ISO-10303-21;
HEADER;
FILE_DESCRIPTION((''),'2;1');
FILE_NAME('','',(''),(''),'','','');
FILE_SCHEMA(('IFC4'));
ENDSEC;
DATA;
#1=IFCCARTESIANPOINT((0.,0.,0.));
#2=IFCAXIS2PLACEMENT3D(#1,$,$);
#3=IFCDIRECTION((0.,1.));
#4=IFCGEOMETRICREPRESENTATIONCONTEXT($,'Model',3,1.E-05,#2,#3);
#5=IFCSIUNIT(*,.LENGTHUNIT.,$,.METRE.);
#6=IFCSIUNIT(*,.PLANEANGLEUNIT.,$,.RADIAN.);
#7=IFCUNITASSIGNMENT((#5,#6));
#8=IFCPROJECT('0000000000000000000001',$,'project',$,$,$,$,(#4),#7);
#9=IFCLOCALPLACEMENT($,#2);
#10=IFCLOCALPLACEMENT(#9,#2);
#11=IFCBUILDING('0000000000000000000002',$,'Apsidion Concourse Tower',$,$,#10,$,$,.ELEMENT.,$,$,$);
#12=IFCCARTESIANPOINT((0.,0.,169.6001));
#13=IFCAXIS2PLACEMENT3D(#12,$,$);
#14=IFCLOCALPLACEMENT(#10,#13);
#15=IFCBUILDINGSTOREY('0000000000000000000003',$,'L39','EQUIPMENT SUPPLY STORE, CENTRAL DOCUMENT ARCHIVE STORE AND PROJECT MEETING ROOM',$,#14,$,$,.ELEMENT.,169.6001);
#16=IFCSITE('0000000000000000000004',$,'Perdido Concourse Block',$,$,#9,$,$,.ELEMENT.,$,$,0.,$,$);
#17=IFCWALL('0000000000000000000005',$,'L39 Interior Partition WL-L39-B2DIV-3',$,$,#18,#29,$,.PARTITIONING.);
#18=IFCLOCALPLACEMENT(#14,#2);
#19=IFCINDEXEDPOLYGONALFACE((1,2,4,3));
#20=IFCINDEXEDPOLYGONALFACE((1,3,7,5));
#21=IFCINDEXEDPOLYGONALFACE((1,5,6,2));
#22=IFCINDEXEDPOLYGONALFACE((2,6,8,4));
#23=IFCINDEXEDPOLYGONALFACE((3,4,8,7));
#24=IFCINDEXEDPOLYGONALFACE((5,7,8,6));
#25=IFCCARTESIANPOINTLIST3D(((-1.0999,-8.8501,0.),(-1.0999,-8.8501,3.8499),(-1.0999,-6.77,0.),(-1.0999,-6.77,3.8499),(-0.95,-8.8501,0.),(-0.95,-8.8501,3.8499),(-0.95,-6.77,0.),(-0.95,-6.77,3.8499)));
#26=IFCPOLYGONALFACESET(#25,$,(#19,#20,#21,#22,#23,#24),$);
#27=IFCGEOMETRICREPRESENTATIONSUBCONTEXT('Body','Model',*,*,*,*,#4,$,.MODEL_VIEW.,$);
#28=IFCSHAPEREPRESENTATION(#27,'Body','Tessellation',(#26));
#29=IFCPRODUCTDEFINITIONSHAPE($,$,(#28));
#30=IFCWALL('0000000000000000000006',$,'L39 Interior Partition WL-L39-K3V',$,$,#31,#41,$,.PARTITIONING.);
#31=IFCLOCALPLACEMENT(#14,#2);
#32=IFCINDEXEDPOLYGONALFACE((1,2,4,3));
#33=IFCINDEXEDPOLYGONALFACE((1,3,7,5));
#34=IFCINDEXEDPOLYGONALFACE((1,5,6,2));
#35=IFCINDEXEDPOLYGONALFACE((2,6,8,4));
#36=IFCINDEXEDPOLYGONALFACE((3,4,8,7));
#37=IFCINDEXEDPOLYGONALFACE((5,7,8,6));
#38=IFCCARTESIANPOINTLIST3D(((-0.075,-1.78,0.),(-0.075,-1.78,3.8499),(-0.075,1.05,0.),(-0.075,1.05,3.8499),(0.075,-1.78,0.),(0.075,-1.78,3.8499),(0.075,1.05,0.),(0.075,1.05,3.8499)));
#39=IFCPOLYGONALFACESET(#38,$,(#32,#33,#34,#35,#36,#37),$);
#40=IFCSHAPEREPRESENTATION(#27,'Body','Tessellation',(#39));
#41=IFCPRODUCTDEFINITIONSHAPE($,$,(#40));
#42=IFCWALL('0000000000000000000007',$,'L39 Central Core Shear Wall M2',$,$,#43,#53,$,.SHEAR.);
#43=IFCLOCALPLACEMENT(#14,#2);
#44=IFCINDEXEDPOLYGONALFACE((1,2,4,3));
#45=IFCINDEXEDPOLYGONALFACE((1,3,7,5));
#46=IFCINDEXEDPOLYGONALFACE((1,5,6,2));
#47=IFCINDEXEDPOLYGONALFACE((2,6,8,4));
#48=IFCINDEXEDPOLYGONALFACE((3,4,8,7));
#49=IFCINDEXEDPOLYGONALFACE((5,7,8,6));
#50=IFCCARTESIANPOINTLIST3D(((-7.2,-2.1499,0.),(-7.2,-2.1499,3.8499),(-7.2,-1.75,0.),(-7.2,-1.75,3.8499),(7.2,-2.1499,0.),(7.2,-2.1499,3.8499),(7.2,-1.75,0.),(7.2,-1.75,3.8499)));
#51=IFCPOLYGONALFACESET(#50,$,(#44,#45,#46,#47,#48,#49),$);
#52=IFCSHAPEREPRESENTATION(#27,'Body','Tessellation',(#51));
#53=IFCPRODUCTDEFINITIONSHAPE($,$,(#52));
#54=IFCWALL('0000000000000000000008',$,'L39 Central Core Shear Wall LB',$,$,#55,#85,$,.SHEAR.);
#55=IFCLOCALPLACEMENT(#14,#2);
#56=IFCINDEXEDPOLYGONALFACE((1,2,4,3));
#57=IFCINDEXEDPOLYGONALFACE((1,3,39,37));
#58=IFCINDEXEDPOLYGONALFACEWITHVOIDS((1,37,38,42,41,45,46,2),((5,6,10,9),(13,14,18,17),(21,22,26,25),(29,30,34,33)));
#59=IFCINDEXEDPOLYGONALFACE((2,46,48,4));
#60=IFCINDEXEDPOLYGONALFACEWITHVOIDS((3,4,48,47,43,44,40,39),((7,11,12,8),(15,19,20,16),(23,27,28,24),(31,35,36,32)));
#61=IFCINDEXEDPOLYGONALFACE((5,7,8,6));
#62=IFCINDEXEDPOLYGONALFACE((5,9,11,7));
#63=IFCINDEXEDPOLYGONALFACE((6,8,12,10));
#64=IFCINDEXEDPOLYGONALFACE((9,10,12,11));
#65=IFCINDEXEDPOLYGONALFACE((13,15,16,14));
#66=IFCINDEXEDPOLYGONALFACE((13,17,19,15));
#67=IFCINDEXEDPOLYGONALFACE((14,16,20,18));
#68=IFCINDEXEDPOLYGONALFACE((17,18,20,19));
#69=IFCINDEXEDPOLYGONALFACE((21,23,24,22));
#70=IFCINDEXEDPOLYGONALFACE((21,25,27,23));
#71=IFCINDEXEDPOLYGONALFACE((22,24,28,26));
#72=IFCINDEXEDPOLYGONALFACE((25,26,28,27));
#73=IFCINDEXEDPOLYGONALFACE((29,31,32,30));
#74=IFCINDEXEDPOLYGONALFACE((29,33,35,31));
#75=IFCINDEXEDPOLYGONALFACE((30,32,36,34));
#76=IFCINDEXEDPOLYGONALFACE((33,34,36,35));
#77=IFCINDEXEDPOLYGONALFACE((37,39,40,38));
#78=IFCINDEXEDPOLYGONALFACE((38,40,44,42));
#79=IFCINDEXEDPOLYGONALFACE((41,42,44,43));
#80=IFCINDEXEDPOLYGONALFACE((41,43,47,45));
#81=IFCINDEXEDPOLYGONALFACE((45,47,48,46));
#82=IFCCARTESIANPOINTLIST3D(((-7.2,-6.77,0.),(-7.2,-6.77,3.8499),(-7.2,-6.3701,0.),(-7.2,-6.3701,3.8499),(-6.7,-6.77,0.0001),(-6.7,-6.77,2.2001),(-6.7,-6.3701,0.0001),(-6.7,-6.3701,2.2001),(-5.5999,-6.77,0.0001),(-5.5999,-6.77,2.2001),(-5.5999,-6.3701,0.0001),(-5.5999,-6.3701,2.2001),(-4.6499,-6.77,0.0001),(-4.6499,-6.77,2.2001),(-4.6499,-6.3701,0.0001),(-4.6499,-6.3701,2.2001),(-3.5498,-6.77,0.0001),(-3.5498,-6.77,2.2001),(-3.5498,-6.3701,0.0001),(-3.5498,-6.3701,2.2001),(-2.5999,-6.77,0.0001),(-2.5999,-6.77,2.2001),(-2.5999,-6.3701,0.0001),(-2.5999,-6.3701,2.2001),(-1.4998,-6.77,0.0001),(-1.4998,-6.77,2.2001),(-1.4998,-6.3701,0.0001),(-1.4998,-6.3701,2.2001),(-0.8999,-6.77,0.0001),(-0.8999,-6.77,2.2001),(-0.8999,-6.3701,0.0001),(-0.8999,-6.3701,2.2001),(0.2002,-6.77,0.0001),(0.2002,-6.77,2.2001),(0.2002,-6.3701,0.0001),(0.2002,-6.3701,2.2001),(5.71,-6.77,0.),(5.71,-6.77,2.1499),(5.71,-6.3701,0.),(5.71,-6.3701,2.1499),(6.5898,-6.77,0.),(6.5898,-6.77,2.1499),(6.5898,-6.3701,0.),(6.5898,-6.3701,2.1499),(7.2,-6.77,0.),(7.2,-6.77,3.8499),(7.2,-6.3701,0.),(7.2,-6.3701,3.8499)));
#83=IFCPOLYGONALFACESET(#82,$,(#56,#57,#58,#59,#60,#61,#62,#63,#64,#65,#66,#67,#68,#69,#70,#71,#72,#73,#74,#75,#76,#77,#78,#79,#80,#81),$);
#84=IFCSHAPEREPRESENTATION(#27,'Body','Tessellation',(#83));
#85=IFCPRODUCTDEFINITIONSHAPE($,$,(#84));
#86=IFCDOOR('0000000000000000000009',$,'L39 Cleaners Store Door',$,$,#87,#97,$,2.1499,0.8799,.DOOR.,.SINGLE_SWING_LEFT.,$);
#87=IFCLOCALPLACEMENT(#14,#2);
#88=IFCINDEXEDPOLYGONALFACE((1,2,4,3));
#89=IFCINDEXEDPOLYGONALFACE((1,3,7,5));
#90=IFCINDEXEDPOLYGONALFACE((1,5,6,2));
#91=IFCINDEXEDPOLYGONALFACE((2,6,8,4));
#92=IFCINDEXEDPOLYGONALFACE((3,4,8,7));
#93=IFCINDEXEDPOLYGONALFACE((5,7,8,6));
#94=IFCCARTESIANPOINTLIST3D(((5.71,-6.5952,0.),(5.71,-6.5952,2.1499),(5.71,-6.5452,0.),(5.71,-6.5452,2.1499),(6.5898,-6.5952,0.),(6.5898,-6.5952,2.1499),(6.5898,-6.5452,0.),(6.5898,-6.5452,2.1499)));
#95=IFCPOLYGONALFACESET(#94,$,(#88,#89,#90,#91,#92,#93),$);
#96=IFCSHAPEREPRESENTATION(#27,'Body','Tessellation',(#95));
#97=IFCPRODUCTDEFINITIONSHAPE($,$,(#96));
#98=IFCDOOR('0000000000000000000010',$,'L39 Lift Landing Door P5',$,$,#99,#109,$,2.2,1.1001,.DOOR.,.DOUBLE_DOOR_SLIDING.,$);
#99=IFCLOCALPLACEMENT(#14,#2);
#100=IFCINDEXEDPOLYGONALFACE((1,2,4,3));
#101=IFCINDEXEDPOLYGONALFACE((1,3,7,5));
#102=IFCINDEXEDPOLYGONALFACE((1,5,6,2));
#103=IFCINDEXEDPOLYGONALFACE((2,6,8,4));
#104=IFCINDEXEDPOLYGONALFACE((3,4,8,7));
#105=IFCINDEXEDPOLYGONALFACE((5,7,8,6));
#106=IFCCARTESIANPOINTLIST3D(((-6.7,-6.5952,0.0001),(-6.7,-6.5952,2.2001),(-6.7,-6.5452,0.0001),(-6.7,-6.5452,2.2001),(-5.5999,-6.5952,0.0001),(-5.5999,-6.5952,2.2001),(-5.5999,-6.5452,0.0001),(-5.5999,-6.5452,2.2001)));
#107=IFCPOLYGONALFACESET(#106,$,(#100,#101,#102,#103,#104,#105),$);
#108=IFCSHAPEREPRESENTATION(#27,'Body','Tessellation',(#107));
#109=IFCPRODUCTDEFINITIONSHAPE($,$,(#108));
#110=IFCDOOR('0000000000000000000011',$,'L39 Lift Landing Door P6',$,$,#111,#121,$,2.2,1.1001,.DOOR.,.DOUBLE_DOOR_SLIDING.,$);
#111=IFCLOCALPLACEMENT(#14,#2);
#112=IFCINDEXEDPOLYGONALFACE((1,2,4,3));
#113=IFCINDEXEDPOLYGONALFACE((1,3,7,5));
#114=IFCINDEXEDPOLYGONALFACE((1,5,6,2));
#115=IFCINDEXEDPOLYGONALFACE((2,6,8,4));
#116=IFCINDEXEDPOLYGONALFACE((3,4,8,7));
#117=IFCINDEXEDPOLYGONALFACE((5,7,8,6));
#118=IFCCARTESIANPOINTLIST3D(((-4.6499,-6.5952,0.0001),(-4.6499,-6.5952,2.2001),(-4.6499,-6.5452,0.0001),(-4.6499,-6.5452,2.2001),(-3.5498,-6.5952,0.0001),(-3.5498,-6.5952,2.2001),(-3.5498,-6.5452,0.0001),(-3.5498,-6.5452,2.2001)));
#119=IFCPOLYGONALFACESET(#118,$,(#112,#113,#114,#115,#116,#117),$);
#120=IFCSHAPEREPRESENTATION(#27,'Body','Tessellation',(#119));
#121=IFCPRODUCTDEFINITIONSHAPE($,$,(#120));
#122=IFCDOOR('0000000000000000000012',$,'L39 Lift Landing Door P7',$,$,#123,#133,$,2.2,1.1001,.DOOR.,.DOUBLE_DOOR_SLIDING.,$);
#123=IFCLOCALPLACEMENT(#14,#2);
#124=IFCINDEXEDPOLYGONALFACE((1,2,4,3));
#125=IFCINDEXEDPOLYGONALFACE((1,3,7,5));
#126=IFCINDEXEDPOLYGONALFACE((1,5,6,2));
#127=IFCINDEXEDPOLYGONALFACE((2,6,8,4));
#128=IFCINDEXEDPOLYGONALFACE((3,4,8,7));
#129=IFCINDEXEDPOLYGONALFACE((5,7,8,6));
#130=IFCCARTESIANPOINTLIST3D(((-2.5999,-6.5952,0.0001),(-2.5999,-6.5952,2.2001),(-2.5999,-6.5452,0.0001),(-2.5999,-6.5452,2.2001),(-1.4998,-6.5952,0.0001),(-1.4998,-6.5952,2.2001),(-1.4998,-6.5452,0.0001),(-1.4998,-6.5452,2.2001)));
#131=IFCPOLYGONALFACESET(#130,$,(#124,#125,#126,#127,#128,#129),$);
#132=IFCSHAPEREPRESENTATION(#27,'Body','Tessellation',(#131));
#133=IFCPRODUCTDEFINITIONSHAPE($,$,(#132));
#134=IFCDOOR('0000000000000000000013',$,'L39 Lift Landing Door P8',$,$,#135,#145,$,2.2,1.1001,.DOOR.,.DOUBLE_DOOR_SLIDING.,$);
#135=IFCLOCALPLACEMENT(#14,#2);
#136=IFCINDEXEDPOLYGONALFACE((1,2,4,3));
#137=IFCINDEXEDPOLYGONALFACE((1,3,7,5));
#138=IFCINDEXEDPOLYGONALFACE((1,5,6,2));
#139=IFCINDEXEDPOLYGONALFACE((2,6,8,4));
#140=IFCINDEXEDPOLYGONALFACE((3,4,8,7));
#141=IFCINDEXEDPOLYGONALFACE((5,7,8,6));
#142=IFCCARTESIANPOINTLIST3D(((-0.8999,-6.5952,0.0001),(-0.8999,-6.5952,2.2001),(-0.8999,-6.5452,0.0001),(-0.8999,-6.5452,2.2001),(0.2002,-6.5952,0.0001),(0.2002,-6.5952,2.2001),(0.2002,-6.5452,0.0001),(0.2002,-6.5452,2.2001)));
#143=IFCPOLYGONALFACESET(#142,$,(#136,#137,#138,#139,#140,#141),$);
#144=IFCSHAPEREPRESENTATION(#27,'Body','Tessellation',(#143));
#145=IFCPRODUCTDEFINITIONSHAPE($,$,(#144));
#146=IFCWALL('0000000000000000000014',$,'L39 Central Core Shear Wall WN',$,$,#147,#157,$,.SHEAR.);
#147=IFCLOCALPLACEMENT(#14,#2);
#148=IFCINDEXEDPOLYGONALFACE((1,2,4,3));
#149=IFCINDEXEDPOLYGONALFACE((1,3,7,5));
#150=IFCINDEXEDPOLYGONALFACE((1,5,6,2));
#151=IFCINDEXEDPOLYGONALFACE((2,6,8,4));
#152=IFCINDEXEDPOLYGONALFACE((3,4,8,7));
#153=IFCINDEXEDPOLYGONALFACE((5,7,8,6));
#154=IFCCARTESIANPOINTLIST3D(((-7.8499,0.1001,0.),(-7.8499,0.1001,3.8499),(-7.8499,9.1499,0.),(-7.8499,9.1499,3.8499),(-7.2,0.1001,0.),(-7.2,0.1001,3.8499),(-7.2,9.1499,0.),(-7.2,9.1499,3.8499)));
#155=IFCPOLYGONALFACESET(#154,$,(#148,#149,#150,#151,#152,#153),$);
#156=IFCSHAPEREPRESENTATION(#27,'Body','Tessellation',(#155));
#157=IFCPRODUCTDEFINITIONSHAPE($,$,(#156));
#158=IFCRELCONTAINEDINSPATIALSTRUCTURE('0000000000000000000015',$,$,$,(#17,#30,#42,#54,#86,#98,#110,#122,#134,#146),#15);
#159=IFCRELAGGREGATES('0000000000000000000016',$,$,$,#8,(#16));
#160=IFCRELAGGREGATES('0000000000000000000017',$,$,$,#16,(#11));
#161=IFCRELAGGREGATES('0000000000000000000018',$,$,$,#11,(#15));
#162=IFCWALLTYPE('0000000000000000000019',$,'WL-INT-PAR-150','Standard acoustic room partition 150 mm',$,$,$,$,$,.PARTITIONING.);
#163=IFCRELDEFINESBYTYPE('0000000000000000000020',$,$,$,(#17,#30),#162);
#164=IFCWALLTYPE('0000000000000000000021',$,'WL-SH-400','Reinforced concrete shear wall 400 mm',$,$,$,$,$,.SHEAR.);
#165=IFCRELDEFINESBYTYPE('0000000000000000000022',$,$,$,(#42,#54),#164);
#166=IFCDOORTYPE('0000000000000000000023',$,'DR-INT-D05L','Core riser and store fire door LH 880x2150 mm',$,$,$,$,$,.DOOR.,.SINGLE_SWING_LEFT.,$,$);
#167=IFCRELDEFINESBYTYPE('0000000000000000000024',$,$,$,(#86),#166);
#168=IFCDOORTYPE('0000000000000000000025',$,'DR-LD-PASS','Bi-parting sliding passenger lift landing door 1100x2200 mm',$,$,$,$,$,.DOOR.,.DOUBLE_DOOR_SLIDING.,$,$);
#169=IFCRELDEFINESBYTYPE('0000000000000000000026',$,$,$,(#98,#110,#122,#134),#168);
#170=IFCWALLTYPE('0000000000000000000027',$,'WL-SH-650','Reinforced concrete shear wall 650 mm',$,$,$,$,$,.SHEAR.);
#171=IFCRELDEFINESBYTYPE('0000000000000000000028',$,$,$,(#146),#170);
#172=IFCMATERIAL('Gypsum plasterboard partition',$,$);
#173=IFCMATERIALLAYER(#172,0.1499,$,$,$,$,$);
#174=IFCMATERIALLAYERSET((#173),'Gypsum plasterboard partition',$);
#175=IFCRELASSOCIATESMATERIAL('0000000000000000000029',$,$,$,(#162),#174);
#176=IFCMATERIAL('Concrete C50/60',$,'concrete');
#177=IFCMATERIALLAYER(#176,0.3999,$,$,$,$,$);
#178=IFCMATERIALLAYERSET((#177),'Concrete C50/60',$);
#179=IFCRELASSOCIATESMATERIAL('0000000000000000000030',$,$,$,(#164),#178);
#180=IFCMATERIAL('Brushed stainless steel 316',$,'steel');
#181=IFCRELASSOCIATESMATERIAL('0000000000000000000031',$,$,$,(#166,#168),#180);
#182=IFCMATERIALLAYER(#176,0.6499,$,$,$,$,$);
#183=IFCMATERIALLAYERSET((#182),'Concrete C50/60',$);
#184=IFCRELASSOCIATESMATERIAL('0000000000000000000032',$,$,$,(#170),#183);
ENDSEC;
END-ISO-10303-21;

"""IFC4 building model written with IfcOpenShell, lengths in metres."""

from ifc_helpers import new_model, si_unit, direction, frame, frame_2d, origin, place, context, subcontext, project, spatial, rectangle, extrude, material, layer, layer_set, type_object, element, fill, save


model = new_model("IFC4")

# Units and contexts
model_context = context("Model", 3, precision=1e-05, world=origin(), true_north=direction((0.0, 1.0)))
body_context = subcontext(model_context, "Body", "Model", "MODEL_VIEW")
ifc_project = project(units=[si_unit("LENGTHUNIT", "METRE"), si_unit("PLANEANGLEUNIT", "RADIAN")], contexts=[model_context])

# Site, building, storey
site_placement = place(None, origin())
site = spatial("IfcSite", under=ifc_project, at=site_placement, Name="Perdido Concourse Block", CompositionType="ELEMENT", RefElevation=0.0)
building_placement = place(site_placement, origin())
building = spatial("IfcBuilding", under=site, at=building_placement, Name="Apsidion Concourse Tower", CompositionType="ELEMENT")
storey_placement = place(building_placement, frame((0.0, 0.0, 169.6001)))
storey = spatial("IfcBuildingStorey", under=building, at=storey_placement, Name="L39", Description="EQUIPMENT SUPPLY STORE, CENTRAL DOCUMENT ARCHIVE STORE AND PROJECT MEETING ROOM", CompositionType="ELEMENT", Elevation=169.6001)

# Shared definitions
ifc_material_1 = material(Name="Concrete C50/60", Category="concrete")

# Walls
ifc_material_2 = material(Name="Gypsum plasterboard partition")
ifc_layer_1 = layer(ifc_material_2, 0.1499)
ifc_layer_set_1 = layer_set([ifc_layer_1], Name="Gypsum plasterboard partition")
wall_type_1 = type_object("IfcWallType", Name="WL-INT-PAR-150", Description="Standard acoustic room partition 150 mm", PredefinedType="PARTITIONING", material=ifc_layer_set_1)
for number, where, z_axis, x_axis, name in (
    (1, (-1.0249, -8.8501, 0.0), (0.0, 0.0, 1.0), (0.0, 1.0, 0.0), "L39 Interior Partition WL-L39-B2DIV-3"),
):
    element("IfcWall", number, at=place(storey_placement, frame(where, z_axis=z_axis, x_axis=x_axis)), inside=storey, type_object=wall_type_1, Name=name, PredefinedType="PARTITIONING", context=body_context, shape_type="SweptSolid", body=[
        extrude(rectangle(XDim=2.0801, YDim=0.1499, at=frame_2d((1.04, 0.0))), origin(), (0.0, 0.0, 1.0), 3.8499),
    ])
wall_1_placement = place(storey_placement, frame((0.0, -1.78, 0.0), z_axis=(0.0, 0.0, 1.0), x_axis=(0.0, 1.0, 0.0)))
element("IfcWall", 2, at=wall_1_placement, inside=storey, type_object=wall_type_1, Name="L39 Interior Partition WL-L39-K3V", PredefinedType="PARTITIONING", context=body_context, shape_type="SweptSolid", body=[
    extrude(rectangle(XDim=2.8301, YDim=0.1499, at=frame_2d((1.415, 0.0))), origin(), (0.0, 0.0, 1.0), 3.8499),
])

# Shared definitions
ifc_material_3 = material(Name="Brushed stainless steel 316", Category="steel")

# Wall
ifc_layer_2 = layer(ifc_material_1, 0.3999)
ifc_layer_set_2 = layer_set([ifc_layer_2], Name="Concrete C50/60")
wall_type_2 = type_object("IfcWallType", Name="WL-SH-400", Description="Reinforced concrete shear wall 400 mm", PredefinedType="SHEAR", material=ifc_layer_set_2)
wall_2_placement = place(storey_placement, frame((-7.2, -1.95, 0.0), z_axis=(0.0, 0.0, 1.0), x_axis=(1.0, 0.0, 0.0)))
element("IfcWall", 3, at=wall_2_placement, inside=storey, type_object=wall_type_2, Name="L39 Central Core Shear Wall M2", PredefinedType="SHEAR", context=body_context, shape_type="SweptSolid", body=[
    extrude(rectangle(XDim=14.3999, YDim=0.3999, at=frame_2d((7.2, 0.0))), origin(), (0.0, 0.0, 1.0), 3.8499),
])

# Wall, openings, doors
wall_3_placement = place(storey_placement, frame((-7.2, -6.5701, 0.0), z_axis=(0.0, 0.0, 1.0), x_axis=(1.0, 0.0, 0.0)))
wall_3 = element("IfcWall", 4, at=wall_3_placement, inside=storey, type_object=wall_type_2, Name="L39 Central Core Shear Wall LB", PredefinedType="SHEAR", context=body_context, shape_type="SweptSolid", body=[
    extrude(rectangle(XDim=14.3999, YDim=0.3999, at=frame_2d((7.2, 0.0))), origin(), (0.0, 0.0, 1.0), 3.8499),
])
opening_1_placement = place(wall_3_placement, frame((0.5, 0.0, 0.0)))
opening_1 = element("IfcOpeningElement", 5, at=opening_1_placement, cuts=wall_3, PredefinedType="OPENING", context=body_context, shape_type="SweptSolid", body=[
    extrude(rectangle(XDim=1.1001, YDim=2.2, at=frame_2d((0.55, 1.1001))), frame((0.0, 0.21, 0.0), z_axis=(0.0, -1.0, 0.0), x_axis=(1.0, 0.0, 0.0)), (0.0, 0.0, 1.0), 0.4199),
])
opening_2_placement = place(wall_3_placement, frame((2.55, 0.0, 0.0)))
opening_2 = element("IfcOpeningElement", 6, at=opening_2_placement, cuts=wall_3, PredefinedType="OPENING", context=body_context, shape_type="SweptSolid", body=[
    extrude(rectangle(XDim=1.1001, YDim=2.2, at=frame_2d((0.55, 1.1001))), frame((0.0, 0.21, 0.0), z_axis=(0.0, -1.0, 0.0), x_axis=(1.0, 0.0, 0.0)), (0.0, 0.0, 1.0), 0.4199),
])
opening_3_placement = place(wall_3_placement, frame((4.6001, 0.0, 0.0)))
opening_3 = element("IfcOpeningElement", 7, at=opening_3_placement, cuts=wall_3, PredefinedType="OPENING", context=body_context, shape_type="SweptSolid", body=[
    extrude(rectangle(XDim=1.1001, YDim=2.2, at=frame_2d((0.55, 1.1001))), frame((0.0, 0.21, 0.0), z_axis=(0.0, -1.0, 0.0), x_axis=(1.0, 0.0, 0.0)), (0.0, 0.0, 1.0), 0.4199),
])
opening_4_placement = place(wall_3_placement, frame((6.3, 0.0, 0.0)))
opening_4 = element("IfcOpeningElement", 8, at=opening_4_placement, cuts=wall_3, PredefinedType="OPENING", context=body_context, shape_type="SweptSolid", body=[
    extrude(rectangle(XDim=1.1001, YDim=2.2, at=frame_2d((0.55, 1.1001))), frame((0.0, 0.21, 0.0), z_axis=(0.0, -1.0, 0.0), x_axis=(1.0, 0.0, 0.0)), (0.0, 0.0, 1.0), 0.4199),
])
opening_5_placement = place(wall_3_placement, frame((12.9099, 0.0, 0.0)))
opening_5 = element("IfcOpeningElement", 9, at=opening_5_placement, cuts=wall_3, PredefinedType="OPENING", context=body_context, shape_type="SweptSolid", body=[
    extrude(rectangle(XDim=0.8799, YDim=2.1499, at=frame_2d((0.4399, 1.075))), frame((0.0, 0.21, 0.0), z_axis=(0.0, -1.0, 0.0), x_axis=(1.0, 0.0, 0.0)), (0.0, 0.0, 1.0), 0.4199),
])
door_type_1 = type_object("IfcDoorType", Name="DR-INT-D05L", Description="Core riser and store fire door LH 880x2150 mm", OperationType="SINGLE_SWING_LEFT", PredefinedType="DOOR", material=ifc_material_3)
door_1_placement = place(opening_5_placement, origin())
door_1 = element("IfcDoor", 10, at=door_1_placement, inside=storey, type_object=door_type_1, Name="L39 Cleaners Store Door", OperationType="SINGLE_SWING_LEFT", OverallHeight=2.1499, OverallWidth=0.8799, PredefinedType="DOOR", context=body_context, shape_type="SweptSolid", body=[
    extrude(rectangle(XDim=0.8799, YDim=2.1499, at=frame_2d((0.4399, 1.075))), frame((0.0, 0.0249, 0.0), z_axis=(0.0, -1.0, 0.0), x_axis=(1.0, 0.0, 0.0)), (0.0, 0.0, 1.0), 0.05),
])
fill(opening_5, door_1)
door_type_2 = type_object("IfcDoorType", Name="DR-LD-PASS", Description="Bi-parting sliding passenger lift landing door 1100x2200 mm", OperationType="DOUBLE_DOOR_SLIDING", PredefinedType="DOOR", material=ifc_material_3)
door_2_placement = place(opening_1_placement, origin())
door_2 = element("IfcDoor", 11, at=door_2_placement, inside=storey, type_object=door_type_2, Name="L39 Lift Landing Door P5", OperationType="DOUBLE_DOOR_SLIDING", OverallHeight=2.2, OverallWidth=1.1001, PredefinedType="DOOR", context=body_context, shape_type="SweptSolid", body=[
    extrude(rectangle(XDim=1.1001, YDim=2.2, at=frame_2d((0.55, 1.1001))), frame((0.0, 0.0249, 0.0), z_axis=(0.0, -1.0, 0.0), x_axis=(1.0, 0.0, 0.0)), (0.0, 0.0, 1.0), 0.05),
])
fill(opening_1, door_2)
door_3_placement = place(opening_2_placement, origin())
door_3 = element("IfcDoor", 12, at=door_3_placement, inside=storey, type_object=door_type_2, Name="L39 Lift Landing Door P6", OperationType="DOUBLE_DOOR_SLIDING", OverallHeight=2.2, OverallWidth=1.1001, PredefinedType="DOOR", context=body_context, shape_type="SweptSolid", body=[
    extrude(rectangle(XDim=1.1001, YDim=2.2, at=frame_2d((0.55, 1.1001))), frame((0.0, 0.0249, 0.0), z_axis=(0.0, -1.0, 0.0), x_axis=(1.0, 0.0, 0.0)), (0.0, 0.0, 1.0), 0.05),
])
fill(opening_2, door_3)
door_4_placement = place(opening_3_placement, origin())
door_4 = element("IfcDoor", 13, at=door_4_placement, inside=storey, type_object=door_type_2, Name="L39 Lift Landing Door P7", OperationType="DOUBLE_DOOR_SLIDING", OverallHeight=2.2, OverallWidth=1.1001, PredefinedType="DOOR", context=body_context, shape_type="SweptSolid", body=[
    extrude(rectangle(XDim=1.1001, YDim=2.2, at=frame_2d((0.55, 1.1001))), frame((0.0, 0.0249, 0.0), z_axis=(0.0, -1.0, 0.0), x_axis=(1.0, 0.0, 0.0)), (0.0, 0.0, 1.0), 0.05),
])
fill(opening_3, door_4)
door_5_placement = place(opening_4_placement, origin())
door_5 = element("IfcDoor", 14, at=door_5_placement, inside=storey, type_object=door_type_2, Name="L39 Lift Landing Door P8", OperationType="DOUBLE_DOOR_SLIDING", OverallHeight=2.2, OverallWidth=1.1001, PredefinedType="DOOR", context=body_context, shape_type="SweptSolid", body=[
    extrude(rectangle(XDim=1.1001, YDim=2.2, at=frame_2d((0.55, 1.1001))), frame((0.0, 0.0249, 0.0), z_axis=(0.0, -1.0, 0.0), x_axis=(1.0, 0.0, 0.0)), (0.0, 0.0, 1.0), 0.05),
])
fill(opening_4, door_5)

# Wall
ifc_layer_3 = layer(ifc_material_1, 0.6499)
ifc_layer_set_3 = layer_set([ifc_layer_3], Name="Concrete C50/60")
wall_type_3 = type_object("IfcWallType", Name="WL-SH-650", Description="Reinforced concrete shear wall 650 mm", PredefinedType="SHEAR", material=ifc_layer_set_3)
wall_4_placement = place(storey_placement, frame((-7.5249, 0.1001, 0.0), z_axis=(0.0, 0.0, 1.0), x_axis=(0.0, 1.0, 0.0)))
element("IfcWall", 15, at=wall_4_placement, inside=storey, type_object=wall_type_3, Name="L39 Central Core Shear Wall WN", PredefinedType="SHEAR", context=body_context, shape_type="SweptSolid", body=[
    extrude(rectangle(XDim=9.0498, YDim=0.6499, at=frame_2d((4.5249, 0.0))), origin(), (0.0, 0.0, 1.0), 3.8499),
])

save(model, "model.ifc")
